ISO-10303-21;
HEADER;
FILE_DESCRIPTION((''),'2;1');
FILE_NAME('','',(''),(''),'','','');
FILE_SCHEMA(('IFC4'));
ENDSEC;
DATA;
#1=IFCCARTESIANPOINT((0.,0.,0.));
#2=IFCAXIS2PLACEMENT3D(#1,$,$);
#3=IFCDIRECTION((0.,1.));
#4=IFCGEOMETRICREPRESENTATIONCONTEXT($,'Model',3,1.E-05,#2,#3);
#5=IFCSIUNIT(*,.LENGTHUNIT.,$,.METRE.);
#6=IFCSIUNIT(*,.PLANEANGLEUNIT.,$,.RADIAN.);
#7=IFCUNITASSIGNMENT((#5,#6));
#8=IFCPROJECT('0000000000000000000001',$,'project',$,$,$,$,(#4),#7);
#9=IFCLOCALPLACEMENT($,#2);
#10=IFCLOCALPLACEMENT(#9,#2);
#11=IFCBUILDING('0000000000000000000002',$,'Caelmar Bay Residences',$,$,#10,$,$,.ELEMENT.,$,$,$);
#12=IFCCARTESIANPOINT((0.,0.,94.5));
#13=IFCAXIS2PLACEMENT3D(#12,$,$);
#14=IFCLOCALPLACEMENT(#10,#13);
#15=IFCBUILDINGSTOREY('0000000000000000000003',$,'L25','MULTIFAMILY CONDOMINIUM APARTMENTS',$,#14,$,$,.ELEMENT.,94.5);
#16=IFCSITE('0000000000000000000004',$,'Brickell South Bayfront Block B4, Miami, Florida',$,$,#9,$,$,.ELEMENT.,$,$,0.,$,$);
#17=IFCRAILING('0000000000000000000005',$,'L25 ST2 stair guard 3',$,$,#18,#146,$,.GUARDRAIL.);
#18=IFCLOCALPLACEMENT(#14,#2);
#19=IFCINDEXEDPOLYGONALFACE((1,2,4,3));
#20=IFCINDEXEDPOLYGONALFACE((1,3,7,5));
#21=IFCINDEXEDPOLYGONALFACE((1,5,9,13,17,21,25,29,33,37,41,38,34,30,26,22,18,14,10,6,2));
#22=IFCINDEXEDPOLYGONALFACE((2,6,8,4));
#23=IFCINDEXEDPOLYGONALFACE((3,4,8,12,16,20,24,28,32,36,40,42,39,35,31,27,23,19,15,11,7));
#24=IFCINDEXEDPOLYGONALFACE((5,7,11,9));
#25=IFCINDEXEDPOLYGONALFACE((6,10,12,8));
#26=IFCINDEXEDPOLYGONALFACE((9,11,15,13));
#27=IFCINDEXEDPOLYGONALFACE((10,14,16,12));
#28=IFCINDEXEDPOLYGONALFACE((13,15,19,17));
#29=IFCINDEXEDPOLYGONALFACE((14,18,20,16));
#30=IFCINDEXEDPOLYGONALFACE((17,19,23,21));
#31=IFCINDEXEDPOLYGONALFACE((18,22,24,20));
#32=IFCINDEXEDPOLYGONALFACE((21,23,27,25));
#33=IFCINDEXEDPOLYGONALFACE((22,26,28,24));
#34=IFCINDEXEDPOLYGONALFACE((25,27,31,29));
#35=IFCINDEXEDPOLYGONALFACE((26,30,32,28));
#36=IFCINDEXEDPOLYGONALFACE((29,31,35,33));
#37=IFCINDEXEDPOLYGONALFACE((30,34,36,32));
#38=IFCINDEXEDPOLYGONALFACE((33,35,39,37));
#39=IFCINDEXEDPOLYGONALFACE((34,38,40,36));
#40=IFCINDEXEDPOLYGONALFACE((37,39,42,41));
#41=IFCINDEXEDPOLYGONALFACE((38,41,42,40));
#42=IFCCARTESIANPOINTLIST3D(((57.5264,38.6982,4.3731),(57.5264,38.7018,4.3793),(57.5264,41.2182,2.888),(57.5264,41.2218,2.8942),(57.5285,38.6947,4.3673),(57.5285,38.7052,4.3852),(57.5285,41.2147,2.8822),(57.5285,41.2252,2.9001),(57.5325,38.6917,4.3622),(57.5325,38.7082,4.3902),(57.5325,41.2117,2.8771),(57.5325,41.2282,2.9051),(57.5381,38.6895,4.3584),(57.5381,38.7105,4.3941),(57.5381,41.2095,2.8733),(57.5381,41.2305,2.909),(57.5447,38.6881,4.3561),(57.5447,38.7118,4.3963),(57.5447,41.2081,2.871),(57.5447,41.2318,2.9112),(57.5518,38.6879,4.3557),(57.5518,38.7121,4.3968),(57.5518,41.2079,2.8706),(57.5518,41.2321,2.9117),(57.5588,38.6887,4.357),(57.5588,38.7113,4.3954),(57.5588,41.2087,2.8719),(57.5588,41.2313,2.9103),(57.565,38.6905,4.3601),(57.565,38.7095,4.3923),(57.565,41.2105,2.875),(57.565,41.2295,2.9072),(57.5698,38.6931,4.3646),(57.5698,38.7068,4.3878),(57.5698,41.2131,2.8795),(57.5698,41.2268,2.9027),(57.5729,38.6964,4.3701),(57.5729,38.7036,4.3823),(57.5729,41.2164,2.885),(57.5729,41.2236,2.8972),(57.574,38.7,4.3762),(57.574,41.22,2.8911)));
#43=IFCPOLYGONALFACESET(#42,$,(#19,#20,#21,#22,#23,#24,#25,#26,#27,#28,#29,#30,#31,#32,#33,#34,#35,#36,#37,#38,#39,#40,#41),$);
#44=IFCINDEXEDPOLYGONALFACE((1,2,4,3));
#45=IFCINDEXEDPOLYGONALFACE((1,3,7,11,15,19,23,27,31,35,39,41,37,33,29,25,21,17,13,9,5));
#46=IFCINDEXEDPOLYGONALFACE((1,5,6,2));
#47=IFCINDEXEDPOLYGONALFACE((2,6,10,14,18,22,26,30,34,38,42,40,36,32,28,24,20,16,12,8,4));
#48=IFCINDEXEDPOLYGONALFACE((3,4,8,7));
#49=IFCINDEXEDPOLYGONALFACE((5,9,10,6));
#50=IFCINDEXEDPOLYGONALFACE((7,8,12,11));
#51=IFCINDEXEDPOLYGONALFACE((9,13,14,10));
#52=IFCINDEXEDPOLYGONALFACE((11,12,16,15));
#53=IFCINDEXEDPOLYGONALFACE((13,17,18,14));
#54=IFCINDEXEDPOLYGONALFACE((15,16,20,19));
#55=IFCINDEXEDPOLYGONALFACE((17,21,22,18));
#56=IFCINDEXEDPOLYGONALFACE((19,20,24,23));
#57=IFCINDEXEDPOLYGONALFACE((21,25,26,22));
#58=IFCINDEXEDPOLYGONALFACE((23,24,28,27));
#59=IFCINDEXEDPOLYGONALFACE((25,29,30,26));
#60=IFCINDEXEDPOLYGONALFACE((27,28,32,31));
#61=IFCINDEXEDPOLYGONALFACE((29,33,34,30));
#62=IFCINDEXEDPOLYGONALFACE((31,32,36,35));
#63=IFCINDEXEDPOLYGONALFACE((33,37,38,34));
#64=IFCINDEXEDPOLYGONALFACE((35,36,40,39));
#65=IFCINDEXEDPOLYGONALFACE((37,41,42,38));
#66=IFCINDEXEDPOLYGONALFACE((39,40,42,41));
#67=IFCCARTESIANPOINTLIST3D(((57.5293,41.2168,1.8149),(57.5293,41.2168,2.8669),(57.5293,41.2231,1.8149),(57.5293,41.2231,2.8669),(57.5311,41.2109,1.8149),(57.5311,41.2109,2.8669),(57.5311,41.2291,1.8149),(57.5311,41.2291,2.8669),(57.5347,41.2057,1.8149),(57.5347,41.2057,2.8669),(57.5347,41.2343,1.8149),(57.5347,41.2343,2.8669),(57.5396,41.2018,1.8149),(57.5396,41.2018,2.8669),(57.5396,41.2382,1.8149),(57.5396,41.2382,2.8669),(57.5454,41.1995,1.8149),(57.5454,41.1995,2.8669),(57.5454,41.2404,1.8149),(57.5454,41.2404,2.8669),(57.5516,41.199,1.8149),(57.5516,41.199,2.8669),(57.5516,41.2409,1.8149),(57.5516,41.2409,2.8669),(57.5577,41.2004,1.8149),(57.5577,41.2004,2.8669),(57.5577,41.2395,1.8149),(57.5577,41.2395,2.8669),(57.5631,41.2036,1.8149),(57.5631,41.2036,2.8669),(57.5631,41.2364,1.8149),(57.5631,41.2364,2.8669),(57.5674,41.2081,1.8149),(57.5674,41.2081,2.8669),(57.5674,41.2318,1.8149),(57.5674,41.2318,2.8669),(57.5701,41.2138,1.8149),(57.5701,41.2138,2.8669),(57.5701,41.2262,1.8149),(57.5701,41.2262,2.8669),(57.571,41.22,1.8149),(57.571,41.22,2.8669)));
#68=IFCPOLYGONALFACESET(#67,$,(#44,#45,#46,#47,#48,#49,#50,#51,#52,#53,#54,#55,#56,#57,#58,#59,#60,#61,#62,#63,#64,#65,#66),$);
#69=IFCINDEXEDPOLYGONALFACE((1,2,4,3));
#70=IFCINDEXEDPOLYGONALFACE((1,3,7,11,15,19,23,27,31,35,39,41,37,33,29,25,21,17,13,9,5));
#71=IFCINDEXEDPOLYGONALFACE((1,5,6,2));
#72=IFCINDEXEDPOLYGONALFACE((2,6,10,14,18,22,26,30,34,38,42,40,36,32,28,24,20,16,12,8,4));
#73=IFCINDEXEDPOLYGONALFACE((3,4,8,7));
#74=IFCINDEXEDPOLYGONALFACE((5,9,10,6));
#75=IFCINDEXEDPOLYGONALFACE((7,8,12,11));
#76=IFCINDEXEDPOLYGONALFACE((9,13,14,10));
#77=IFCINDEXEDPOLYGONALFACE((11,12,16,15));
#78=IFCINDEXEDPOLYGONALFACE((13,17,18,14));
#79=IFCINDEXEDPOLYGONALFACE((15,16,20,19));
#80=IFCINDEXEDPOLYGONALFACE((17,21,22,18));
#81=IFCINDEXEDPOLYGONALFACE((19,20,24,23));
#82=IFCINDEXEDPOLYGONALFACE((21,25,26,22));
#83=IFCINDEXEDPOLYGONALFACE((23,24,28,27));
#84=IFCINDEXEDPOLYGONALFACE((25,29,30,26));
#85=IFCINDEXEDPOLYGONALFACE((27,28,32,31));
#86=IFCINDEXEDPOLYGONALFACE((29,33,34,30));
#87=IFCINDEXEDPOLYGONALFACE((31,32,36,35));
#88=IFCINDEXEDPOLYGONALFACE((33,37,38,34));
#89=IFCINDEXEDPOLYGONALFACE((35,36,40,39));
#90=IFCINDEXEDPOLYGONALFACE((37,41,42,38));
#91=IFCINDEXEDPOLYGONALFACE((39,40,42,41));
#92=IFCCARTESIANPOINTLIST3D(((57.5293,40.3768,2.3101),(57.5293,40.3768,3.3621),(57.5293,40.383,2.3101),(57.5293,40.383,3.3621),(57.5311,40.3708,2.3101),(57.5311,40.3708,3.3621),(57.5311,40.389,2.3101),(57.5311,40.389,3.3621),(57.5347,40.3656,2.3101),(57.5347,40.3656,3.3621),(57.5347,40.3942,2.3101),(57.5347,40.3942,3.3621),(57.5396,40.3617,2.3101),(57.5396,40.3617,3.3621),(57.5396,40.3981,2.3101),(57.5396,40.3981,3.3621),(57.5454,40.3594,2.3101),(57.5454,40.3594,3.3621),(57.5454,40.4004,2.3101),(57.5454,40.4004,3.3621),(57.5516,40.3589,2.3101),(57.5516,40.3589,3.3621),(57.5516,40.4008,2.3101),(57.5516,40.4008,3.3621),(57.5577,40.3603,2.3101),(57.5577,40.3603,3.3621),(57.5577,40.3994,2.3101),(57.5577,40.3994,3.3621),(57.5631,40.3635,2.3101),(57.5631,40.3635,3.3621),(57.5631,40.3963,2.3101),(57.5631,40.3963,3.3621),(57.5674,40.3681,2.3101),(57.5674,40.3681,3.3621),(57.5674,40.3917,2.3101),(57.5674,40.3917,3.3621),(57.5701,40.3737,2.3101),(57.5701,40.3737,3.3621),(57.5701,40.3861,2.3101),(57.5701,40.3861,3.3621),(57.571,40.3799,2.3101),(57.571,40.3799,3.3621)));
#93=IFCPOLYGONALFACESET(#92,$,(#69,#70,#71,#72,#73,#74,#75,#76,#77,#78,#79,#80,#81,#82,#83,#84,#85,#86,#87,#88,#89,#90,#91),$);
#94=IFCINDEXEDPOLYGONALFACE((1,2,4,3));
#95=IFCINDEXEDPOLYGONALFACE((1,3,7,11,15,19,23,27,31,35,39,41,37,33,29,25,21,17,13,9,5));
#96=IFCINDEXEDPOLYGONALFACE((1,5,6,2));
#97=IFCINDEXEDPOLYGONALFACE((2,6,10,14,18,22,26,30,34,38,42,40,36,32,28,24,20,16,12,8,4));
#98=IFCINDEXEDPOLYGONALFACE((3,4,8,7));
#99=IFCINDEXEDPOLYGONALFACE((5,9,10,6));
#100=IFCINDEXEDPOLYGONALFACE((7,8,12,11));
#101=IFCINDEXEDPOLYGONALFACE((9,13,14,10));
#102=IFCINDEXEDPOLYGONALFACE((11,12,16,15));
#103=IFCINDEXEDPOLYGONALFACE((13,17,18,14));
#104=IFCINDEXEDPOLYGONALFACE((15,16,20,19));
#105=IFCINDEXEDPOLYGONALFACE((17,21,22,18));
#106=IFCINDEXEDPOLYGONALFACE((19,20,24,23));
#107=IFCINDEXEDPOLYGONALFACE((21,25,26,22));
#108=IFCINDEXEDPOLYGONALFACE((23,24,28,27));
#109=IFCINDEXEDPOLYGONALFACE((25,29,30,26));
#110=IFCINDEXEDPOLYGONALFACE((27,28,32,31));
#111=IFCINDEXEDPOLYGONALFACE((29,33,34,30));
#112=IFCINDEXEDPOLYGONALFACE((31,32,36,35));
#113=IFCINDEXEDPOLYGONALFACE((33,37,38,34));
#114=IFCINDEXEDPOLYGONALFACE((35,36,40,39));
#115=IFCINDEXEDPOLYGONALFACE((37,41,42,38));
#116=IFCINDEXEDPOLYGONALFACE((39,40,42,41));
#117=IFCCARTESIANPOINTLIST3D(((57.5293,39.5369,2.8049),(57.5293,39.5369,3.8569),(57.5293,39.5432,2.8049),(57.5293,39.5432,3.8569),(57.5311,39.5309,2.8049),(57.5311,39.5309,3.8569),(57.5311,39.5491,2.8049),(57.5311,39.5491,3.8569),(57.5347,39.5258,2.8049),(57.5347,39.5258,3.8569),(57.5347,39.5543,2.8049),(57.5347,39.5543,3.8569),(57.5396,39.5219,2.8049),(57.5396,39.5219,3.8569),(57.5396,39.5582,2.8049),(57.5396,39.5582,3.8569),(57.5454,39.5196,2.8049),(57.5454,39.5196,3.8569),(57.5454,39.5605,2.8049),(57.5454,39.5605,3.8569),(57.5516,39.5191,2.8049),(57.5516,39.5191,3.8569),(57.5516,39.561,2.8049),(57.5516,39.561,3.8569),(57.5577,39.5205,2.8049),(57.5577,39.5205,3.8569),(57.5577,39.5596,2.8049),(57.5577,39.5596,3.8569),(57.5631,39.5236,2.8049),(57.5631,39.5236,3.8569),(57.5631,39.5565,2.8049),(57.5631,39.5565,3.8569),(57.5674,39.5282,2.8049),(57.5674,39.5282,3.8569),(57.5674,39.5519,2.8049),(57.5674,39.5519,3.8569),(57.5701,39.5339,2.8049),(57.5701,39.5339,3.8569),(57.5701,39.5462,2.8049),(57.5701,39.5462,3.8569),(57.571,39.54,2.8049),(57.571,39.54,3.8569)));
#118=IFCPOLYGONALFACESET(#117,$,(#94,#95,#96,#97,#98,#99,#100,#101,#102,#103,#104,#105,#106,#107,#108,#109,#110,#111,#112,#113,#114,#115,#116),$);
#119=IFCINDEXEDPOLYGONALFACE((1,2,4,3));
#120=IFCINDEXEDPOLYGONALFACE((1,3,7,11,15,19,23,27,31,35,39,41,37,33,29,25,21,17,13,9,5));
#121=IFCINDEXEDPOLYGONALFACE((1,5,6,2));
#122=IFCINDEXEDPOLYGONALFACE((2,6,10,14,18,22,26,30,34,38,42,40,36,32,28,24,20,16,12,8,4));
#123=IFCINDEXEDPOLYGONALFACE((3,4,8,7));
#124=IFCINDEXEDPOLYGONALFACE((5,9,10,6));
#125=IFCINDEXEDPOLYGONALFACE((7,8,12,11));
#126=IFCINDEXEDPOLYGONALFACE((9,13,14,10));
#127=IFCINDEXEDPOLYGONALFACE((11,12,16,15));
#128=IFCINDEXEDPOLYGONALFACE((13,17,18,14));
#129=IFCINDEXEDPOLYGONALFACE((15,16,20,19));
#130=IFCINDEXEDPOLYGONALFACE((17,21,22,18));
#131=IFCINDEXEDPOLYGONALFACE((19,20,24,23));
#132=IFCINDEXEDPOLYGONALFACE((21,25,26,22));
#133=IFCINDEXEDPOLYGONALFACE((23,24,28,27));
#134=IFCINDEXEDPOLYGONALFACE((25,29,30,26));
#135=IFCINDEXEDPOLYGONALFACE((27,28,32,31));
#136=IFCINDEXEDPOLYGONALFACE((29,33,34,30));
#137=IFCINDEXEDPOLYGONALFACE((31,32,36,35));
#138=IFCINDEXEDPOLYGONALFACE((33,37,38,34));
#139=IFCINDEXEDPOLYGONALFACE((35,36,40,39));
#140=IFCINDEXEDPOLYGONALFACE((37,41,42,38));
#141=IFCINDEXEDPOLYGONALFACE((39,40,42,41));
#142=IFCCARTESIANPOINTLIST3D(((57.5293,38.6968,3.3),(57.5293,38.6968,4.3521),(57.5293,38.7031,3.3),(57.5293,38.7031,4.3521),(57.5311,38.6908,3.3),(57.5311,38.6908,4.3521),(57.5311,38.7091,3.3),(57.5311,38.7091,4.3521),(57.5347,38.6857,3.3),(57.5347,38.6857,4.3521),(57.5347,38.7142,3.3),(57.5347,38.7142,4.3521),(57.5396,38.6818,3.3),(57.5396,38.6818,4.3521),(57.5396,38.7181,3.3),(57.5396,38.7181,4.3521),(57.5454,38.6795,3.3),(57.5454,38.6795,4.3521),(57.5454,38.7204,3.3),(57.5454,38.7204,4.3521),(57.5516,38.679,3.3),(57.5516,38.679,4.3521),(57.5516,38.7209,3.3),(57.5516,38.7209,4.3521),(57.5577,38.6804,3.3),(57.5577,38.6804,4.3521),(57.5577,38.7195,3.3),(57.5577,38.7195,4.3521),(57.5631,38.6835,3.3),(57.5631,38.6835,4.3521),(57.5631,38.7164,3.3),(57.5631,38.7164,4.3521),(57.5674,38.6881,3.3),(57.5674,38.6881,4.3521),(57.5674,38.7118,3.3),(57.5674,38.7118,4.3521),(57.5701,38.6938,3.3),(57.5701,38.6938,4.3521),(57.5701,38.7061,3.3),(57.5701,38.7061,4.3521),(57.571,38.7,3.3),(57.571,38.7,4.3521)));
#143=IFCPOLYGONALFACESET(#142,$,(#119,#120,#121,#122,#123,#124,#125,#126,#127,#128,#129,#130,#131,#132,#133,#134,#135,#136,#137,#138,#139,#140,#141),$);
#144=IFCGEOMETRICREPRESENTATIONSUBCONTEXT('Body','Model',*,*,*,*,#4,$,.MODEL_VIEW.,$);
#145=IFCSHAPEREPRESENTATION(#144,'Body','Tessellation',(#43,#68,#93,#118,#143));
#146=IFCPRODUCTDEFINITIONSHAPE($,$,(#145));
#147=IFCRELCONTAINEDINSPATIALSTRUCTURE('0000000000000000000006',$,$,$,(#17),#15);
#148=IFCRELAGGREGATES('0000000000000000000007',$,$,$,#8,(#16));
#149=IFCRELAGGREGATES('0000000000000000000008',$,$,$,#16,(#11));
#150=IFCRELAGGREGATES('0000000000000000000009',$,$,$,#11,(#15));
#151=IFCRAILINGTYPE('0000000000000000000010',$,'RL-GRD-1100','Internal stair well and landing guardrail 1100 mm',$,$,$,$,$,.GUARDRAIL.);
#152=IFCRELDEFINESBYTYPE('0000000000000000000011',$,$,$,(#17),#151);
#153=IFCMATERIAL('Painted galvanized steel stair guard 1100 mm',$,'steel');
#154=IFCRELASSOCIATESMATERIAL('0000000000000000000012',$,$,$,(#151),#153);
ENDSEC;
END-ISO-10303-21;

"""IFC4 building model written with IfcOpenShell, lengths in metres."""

from ifc_helpers import new_model, si_unit, direction, frame, origin, origin_2d, place, context, subcontext, project, spatial, circle, extrude, material, type_object, element, save


model = new_model("IFC4")

# Units and contexts
model_context = context("Model", 3, precision=1e-05, world=origin(), true_north=direction((0.0, 1.0)))
body_context = subcontext(model_context, "Body", "Model", "MODEL_VIEW")
ifc_project = project(units=[si_unit("LENGTHUNIT", "METRE"), si_unit("PLANEANGLEUNIT", "RADIAN")], contexts=[model_context])

# Site, building, storey
site_placement = place(None, origin())
site = spatial("IfcSite", under=ifc_project, at=site_placement, Name="Brickell South Bayfront Block B4, Miami, Florida", CompositionType="ELEMENT", RefElevation=0.0)
building_placement = place(site_placement, origin())
building = spatial("IfcBuilding", under=site, at=building_placement, Name="Caelmar Bay Residences", CompositionType="ELEMENT")
storey_placement = place(building_placement, frame((0.0, 0.0, 94.5)))
storey = spatial("IfcBuildingStorey", under=building, at=storey_placement, Name="L25", Description="MULTIFAMILY CONDOMINIUM APARTMENTS", CompositionType="ELEMENT", Elevation=94.5)

# Railing
ifc_material_1 = material(Name="Painted galvanized steel stair guard 1100 mm", Category="steel")
railing_type_1 = type_object("IfcRailingType", Name="RL-GRD-1100", Description="Internal stair well and landing guardrail 1100 mm", PredefinedType="GUARDRAIL", material=ifc_material_1)
railing_1_placement = place(storey_placement, frame((57.55, 41.22, 1.8149)))
element("IfcRailing", 1, at=railing_1_placement, inside=storey, type_object=railing_type_1, Name="L25 ST2 stair guard 3", PredefinedType="GUARDRAIL", context=body_context, shape_type="SweptSolid", body=[
    extrude(circle(Radius=0.0239, at=origin_2d()), frame((0.0, 0.0, 1.0762), z_axis=(0.0, -0.861524, 0.507717), x_axis=(1.0, 0.0, 0.0)), (0.0, 0.0, 1.0), 2.925),
    extrude(circle(Radius=0.021, at=origin_2d()), origin(), (0.0, 0.0, 1.0), 1.052),
    extrude(circle(Radius=0.021, at=origin_2d()), frame((0.0, -0.8401, 0.4951)), (0.0, 0.0, 1.0), 1.052),
    extrude(circle(Radius=0.021, at=origin_2d()), frame((0.0, -1.6799, 0.99)), (0.0, 0.0, 1.0), 1.052),
    extrude(circle(Radius=0.021, at=origin_2d()), frame((0.0, -2.52, 1.4851)), (0.0, 0.0, 1.0), 1.052),
])

save(model, "model.ifc")
